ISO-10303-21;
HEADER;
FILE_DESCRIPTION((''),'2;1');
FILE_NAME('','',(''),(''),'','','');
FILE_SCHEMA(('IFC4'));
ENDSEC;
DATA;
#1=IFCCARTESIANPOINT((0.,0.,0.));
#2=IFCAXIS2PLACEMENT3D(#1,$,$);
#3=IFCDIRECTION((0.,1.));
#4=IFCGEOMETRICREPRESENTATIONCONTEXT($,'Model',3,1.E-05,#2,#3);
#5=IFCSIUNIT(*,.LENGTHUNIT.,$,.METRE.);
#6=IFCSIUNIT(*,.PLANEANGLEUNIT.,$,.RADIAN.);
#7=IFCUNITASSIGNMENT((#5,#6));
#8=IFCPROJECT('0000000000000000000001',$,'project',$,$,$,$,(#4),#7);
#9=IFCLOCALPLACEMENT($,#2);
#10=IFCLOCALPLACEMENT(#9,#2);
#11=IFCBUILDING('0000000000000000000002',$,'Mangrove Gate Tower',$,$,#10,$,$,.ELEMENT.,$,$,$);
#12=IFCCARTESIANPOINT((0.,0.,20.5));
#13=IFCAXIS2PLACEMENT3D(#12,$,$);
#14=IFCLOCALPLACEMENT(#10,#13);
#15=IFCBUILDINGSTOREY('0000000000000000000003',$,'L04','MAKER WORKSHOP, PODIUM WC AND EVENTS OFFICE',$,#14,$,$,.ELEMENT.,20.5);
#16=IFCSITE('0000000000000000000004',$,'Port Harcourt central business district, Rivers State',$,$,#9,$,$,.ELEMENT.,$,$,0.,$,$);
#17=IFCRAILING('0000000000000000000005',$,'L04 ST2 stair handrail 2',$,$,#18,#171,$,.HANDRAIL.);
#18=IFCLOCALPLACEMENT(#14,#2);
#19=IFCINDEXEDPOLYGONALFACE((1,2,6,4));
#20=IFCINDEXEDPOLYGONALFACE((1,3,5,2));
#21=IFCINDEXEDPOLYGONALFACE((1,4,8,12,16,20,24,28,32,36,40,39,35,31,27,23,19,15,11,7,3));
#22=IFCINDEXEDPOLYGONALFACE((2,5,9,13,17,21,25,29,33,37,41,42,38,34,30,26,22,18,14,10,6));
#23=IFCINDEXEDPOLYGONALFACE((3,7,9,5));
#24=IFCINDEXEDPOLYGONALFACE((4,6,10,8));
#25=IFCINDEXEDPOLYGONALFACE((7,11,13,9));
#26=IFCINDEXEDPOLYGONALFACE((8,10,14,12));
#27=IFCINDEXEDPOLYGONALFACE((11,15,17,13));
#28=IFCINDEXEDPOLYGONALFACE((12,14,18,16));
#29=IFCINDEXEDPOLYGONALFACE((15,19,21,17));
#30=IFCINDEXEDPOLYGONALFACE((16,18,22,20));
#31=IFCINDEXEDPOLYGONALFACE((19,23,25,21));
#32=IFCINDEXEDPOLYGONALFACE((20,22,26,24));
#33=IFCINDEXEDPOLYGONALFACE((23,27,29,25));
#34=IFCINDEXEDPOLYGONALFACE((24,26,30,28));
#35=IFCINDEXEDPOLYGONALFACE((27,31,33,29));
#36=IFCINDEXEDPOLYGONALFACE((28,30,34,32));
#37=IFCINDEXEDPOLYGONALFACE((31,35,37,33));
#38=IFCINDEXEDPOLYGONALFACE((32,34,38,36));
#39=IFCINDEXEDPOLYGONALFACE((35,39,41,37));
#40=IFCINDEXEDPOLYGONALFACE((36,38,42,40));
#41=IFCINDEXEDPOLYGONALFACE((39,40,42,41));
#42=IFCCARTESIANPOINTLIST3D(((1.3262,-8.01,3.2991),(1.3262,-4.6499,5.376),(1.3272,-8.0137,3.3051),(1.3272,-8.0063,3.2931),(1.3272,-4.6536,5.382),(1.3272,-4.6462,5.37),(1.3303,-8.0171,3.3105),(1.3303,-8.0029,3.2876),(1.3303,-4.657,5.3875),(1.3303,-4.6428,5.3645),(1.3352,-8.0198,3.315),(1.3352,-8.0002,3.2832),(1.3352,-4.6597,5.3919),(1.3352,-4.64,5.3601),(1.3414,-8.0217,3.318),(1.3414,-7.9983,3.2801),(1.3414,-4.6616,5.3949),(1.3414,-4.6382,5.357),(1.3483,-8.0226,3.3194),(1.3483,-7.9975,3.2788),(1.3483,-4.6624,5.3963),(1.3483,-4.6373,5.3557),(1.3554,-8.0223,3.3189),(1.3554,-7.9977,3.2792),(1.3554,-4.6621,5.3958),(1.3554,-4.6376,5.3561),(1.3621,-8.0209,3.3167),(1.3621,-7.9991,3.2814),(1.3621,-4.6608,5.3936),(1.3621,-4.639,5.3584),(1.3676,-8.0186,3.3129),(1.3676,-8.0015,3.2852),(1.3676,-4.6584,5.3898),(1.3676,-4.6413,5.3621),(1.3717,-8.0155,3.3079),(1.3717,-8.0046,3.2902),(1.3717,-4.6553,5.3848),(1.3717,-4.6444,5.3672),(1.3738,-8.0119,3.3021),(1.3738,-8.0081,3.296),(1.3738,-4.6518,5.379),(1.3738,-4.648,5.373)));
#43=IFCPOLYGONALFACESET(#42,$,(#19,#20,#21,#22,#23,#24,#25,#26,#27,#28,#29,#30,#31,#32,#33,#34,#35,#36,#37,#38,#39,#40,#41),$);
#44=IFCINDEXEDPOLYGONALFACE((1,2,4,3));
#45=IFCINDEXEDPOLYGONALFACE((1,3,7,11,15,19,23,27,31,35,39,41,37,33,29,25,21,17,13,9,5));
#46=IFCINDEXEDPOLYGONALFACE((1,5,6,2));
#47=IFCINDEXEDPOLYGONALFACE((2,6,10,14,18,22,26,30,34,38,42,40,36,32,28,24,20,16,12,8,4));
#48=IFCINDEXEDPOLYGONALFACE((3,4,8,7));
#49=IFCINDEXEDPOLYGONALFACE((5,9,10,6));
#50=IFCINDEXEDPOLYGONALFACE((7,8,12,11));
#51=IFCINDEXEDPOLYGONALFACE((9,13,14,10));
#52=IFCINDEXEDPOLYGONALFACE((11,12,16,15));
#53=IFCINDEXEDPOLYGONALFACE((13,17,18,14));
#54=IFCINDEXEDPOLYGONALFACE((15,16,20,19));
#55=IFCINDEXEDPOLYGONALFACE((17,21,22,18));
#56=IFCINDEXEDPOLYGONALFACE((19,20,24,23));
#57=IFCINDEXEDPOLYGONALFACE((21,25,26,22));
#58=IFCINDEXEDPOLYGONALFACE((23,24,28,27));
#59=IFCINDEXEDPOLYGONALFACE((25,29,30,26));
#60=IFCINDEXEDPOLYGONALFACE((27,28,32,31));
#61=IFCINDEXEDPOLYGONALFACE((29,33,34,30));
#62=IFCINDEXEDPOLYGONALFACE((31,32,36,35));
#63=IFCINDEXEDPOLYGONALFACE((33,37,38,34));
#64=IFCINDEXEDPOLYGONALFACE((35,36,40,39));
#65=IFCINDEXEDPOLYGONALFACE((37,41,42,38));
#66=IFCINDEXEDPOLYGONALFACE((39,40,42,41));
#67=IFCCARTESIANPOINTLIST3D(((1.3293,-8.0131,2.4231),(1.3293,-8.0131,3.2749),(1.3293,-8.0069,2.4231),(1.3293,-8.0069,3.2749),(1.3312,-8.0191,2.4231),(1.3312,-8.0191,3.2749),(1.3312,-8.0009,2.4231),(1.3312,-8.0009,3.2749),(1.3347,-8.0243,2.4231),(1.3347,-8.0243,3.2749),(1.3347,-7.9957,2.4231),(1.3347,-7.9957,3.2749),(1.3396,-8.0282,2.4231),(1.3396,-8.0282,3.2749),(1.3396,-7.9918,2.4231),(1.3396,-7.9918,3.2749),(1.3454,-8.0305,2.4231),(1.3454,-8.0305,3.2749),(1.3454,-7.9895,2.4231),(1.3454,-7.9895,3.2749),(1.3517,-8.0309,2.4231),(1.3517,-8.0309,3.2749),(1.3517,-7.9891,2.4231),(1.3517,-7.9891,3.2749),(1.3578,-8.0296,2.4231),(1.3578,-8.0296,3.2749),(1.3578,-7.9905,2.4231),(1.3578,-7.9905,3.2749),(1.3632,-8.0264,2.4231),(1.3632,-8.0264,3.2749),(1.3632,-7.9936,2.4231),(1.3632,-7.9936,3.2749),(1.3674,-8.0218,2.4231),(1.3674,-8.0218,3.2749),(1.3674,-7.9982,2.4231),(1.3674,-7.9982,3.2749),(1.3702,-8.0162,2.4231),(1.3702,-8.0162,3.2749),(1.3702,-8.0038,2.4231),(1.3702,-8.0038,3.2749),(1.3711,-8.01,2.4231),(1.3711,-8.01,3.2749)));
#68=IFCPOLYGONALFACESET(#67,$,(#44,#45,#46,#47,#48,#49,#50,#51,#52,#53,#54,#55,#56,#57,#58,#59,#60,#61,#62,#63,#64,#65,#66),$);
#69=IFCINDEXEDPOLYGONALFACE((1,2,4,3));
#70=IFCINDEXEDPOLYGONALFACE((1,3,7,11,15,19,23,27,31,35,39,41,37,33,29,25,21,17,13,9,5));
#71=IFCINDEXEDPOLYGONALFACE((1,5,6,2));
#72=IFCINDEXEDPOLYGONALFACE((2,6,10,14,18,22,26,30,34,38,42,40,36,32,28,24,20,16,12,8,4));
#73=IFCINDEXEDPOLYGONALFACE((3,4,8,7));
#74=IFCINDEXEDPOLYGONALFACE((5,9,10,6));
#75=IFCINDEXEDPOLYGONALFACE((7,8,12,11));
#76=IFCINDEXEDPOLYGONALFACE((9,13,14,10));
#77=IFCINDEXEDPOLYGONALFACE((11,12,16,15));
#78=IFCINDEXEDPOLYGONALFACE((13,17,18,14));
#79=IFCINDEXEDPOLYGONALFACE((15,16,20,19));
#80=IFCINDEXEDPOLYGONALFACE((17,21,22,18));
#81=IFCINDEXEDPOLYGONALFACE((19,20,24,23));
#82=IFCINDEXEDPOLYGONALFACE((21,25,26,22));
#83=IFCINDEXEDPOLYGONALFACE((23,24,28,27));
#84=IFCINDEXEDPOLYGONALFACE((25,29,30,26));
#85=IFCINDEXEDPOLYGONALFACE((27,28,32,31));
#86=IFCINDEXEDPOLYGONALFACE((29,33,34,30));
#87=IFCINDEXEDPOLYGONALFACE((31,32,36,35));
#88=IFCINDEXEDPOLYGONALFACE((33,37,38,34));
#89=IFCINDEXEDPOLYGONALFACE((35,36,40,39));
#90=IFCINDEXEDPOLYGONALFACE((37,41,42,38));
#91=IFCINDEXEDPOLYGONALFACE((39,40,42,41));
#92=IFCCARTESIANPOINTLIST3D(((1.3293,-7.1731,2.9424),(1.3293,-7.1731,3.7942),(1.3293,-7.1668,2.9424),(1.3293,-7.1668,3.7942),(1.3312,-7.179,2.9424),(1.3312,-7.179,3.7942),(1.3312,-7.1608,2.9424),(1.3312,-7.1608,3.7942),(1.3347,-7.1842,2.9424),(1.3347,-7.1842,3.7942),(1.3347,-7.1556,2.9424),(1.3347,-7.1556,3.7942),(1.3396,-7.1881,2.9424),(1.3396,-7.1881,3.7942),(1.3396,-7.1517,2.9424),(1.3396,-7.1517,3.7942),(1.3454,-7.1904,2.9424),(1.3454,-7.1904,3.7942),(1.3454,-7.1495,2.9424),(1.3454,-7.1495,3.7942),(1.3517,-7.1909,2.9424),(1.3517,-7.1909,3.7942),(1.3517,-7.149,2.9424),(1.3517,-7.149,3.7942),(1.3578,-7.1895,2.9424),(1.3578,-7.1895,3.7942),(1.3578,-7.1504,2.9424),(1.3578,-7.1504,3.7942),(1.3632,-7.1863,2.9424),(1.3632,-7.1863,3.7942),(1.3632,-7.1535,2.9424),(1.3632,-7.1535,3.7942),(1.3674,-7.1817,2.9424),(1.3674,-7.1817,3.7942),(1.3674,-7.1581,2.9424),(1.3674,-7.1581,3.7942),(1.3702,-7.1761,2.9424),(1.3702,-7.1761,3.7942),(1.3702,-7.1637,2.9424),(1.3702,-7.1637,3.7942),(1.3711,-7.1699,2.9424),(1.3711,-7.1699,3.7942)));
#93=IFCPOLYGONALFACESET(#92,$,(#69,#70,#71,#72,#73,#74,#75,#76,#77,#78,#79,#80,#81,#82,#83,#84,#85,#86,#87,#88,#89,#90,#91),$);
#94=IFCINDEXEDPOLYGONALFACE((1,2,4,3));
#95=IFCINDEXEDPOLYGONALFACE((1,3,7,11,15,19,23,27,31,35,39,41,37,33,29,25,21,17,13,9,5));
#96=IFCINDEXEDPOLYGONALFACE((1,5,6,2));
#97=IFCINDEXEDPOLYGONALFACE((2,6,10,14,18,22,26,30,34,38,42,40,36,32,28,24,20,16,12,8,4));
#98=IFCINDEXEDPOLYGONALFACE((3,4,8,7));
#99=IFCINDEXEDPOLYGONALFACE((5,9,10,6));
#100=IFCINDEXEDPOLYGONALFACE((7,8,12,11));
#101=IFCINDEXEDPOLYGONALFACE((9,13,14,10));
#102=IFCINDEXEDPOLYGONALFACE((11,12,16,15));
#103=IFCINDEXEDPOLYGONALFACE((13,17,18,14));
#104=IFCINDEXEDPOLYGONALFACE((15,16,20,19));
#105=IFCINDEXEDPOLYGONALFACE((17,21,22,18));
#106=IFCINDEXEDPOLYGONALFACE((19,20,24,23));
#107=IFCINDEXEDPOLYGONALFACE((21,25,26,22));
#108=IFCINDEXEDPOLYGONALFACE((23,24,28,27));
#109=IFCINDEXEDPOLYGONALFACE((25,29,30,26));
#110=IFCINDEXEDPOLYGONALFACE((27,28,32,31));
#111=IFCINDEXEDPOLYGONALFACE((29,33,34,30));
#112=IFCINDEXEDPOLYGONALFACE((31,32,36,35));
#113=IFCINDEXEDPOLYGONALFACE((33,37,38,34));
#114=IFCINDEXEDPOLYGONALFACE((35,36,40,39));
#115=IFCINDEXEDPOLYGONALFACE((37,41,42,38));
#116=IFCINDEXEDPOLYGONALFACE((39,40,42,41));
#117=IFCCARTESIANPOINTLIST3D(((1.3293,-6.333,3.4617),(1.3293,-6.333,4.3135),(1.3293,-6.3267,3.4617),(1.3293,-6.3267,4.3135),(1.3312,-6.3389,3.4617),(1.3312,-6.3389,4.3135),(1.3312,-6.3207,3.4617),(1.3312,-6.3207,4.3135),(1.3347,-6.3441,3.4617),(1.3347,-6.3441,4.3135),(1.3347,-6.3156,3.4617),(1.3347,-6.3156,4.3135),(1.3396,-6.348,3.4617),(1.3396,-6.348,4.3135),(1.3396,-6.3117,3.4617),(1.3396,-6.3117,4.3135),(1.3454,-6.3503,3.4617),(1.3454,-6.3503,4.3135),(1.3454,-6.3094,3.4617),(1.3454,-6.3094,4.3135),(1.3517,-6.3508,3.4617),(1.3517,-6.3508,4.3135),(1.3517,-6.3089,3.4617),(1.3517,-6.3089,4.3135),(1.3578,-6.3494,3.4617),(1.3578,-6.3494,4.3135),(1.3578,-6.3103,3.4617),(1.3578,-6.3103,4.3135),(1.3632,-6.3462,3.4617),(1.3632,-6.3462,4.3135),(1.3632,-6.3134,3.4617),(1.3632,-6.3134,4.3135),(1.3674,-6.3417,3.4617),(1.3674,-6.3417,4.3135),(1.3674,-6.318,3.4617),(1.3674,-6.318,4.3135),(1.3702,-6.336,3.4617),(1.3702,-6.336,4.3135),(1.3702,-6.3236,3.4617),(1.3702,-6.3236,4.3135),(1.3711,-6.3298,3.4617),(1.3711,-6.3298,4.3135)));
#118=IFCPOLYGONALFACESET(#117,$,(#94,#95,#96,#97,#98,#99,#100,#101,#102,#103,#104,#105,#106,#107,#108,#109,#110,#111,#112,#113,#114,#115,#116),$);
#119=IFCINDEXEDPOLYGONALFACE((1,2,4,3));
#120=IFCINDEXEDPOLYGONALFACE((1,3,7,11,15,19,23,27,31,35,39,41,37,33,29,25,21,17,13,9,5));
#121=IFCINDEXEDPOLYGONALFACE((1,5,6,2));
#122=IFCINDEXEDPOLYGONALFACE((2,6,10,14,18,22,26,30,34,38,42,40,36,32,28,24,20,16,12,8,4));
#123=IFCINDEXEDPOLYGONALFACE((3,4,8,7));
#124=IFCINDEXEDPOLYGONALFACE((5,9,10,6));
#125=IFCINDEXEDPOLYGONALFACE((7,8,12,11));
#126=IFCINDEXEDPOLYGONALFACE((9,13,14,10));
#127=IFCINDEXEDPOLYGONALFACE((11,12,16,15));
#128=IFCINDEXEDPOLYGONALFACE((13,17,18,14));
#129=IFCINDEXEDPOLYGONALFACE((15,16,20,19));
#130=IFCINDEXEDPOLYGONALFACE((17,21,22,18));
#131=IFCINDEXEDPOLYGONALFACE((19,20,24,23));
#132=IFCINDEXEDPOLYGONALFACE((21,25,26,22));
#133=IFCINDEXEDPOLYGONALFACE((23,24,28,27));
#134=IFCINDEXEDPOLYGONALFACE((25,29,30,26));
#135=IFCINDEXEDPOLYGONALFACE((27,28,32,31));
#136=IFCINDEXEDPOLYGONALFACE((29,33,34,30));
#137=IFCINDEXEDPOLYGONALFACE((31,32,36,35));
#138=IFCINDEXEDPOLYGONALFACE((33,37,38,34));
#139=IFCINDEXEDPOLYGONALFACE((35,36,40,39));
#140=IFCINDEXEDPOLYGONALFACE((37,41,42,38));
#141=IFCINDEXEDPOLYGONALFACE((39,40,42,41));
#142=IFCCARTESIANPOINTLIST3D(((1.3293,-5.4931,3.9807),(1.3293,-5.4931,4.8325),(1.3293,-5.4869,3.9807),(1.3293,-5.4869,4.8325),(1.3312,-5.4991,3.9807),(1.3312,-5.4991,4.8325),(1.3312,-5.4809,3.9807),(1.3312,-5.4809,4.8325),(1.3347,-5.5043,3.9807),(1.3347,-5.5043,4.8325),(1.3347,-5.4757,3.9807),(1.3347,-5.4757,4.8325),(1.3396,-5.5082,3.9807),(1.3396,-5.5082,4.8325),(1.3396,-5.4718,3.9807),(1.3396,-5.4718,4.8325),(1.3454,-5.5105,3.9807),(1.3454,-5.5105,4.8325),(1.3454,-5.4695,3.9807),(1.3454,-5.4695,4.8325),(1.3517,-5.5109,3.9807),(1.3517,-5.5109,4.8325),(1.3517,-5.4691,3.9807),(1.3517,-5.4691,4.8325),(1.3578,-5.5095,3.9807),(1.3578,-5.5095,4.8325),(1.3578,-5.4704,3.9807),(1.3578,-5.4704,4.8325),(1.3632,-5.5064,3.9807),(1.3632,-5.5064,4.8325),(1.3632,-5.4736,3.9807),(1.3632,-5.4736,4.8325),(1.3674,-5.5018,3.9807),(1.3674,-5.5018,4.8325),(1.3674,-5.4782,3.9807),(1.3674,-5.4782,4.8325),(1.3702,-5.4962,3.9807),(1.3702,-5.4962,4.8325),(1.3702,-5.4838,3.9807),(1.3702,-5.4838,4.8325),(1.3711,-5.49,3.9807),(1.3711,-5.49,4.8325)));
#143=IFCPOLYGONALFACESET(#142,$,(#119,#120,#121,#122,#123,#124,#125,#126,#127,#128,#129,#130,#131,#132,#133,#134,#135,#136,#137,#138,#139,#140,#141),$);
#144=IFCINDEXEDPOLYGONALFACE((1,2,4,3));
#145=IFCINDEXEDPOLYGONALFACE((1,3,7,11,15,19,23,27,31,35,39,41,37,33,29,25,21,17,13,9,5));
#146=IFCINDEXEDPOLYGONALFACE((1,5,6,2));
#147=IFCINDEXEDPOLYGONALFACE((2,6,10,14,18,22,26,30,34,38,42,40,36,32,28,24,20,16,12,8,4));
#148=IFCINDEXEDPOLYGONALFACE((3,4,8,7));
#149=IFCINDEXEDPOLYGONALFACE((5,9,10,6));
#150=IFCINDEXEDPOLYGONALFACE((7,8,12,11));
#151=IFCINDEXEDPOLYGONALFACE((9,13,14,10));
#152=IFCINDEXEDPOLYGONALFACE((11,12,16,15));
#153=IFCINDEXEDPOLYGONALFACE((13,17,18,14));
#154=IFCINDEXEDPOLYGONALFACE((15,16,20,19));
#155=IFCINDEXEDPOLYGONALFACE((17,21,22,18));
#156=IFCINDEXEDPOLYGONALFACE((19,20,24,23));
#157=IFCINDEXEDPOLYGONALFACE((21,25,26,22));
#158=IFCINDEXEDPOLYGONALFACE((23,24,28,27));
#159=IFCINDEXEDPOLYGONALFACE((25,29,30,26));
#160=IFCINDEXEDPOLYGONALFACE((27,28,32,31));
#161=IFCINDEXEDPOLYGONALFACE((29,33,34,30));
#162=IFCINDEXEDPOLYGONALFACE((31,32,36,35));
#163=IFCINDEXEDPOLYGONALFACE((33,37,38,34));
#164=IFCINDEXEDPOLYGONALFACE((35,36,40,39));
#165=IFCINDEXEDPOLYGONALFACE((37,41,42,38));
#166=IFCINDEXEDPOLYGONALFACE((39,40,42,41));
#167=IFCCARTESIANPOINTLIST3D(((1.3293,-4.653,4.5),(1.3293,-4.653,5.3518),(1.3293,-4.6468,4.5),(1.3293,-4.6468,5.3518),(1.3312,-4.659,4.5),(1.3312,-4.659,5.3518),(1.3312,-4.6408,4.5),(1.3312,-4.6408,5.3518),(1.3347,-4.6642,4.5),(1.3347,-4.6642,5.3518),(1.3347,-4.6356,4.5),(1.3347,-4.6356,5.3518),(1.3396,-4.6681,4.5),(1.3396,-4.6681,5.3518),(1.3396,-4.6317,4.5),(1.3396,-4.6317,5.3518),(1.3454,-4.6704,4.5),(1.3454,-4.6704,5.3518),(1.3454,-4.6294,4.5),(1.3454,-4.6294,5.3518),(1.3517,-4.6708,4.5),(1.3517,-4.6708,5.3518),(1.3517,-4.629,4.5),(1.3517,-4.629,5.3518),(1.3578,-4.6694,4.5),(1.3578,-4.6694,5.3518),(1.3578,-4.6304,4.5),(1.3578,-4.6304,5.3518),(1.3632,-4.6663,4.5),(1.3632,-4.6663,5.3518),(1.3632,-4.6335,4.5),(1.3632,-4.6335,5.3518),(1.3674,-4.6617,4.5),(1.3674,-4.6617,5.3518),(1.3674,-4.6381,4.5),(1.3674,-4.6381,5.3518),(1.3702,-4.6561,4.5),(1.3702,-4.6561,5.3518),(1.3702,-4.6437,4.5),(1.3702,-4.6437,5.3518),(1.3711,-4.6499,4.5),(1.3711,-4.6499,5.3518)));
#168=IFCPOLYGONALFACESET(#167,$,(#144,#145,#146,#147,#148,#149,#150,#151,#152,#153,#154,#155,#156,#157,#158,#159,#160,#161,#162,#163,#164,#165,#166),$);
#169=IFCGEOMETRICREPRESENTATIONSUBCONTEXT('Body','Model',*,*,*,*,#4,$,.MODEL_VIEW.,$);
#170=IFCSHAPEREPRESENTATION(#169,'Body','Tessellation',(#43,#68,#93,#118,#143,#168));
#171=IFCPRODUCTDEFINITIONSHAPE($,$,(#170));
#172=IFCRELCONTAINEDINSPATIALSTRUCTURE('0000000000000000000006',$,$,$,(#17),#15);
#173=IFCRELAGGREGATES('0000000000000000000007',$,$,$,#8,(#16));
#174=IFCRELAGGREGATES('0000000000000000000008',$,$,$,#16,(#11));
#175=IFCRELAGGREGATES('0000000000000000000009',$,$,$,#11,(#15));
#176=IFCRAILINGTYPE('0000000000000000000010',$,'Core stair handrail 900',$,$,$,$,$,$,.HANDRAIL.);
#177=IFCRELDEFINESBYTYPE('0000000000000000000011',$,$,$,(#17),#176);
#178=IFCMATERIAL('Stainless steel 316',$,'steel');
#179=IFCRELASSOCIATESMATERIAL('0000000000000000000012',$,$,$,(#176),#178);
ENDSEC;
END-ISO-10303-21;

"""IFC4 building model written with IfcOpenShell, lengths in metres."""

from ifc_helpers import new_model, si_unit, direction, frame, origin, origin_2d, place, context, subcontext, project, spatial, circle, extrude, material, type_object, element, save


model = new_model("IFC4")

# Units and contexts
model_context = context("Model", 3, precision=1e-05, world=origin(), true_north=direction((0.0, 1.0)))
body_context = subcontext(model_context, "Body", "Model", "MODEL_VIEW")
ifc_project = project(units=[si_unit("LENGTHUNIT", "METRE"), si_unit("PLANEANGLEUNIT", "RADIAN")], contexts=[model_context])

# Site, building, storey
site_placement = place(None, origin())
site = spatial("IfcSite", under=ifc_project, at=site_placement, Name="Port Harcourt central business district, Rivers State", CompositionType="ELEMENT", RefElevation=0.0)
building_placement = place(site_placement, origin())
building = spatial("IfcBuilding", under=site, at=building_placement, Name="Mangrove Gate Tower", CompositionType="ELEMENT")
storey_placement = place(building_placement, frame((0.0, 0.0, 20.5)))
storey = spatial("IfcBuildingStorey", under=building, at=storey_placement, Name="L04", Description="MAKER WORKSHOP, PODIUM WC AND EVENTS OFFICE", CompositionType="ELEMENT", Elevation=20.5)

# Railing
ifc_material_1 = material(Name="Stainless steel 316", Category="steel")
railing_type_1 = type_object("IfcRailingType", Name="Core stair handrail 900", PredefinedType="HANDRAIL", material=ifc_material_1)
railing_1_placement = place(storey_placement, frame((1.3501, -8.01, 2.4231)))
element("IfcRailing", 1, at=railing_1_placement, inside=storey, type_object=railing_type_1, Name="L04 ST2 stair handrail 2", PredefinedType="HANDRAIL", context=body_context, shape_type="SweptSolid", body=[
    extrude(circle(Radius=0.0239, at=origin_2d()), frame((0.0, 0.0, 0.876), z_axis=(0.0, 0.850623, 0.525776), x_axis=(-1.0, 0.0, 0.0)), (0.0, 0.0, 1.0), 3.9502),
    extrude(circle(Radius=0.021, at=origin_2d()), origin(), (0.0, 0.0, 1.0), 0.8518),
    extrude(circle(Radius=0.021, at=origin_2d()), frame((0.0, 0.8401, 0.5193)), (0.0, 0.0, 1.0), 0.8518),
    extrude(circle(Radius=0.021, at=origin_2d()), frame((0.0, 1.6802, 1.0386)), (0.0, 0.0, 1.0), 0.8518),
    extrude(circle(Radius=0.021, at=origin_2d()), frame((0.0, 2.52, 1.5576)), (0.0, 0.0, 1.0), 0.8518),
    extrude(circle(Radius=0.021, at=origin_2d()), frame((0.0, 3.3601, 2.0769)), (0.0, 0.0, 1.0), 0.8518),
])

save(model, "model.ifc")
